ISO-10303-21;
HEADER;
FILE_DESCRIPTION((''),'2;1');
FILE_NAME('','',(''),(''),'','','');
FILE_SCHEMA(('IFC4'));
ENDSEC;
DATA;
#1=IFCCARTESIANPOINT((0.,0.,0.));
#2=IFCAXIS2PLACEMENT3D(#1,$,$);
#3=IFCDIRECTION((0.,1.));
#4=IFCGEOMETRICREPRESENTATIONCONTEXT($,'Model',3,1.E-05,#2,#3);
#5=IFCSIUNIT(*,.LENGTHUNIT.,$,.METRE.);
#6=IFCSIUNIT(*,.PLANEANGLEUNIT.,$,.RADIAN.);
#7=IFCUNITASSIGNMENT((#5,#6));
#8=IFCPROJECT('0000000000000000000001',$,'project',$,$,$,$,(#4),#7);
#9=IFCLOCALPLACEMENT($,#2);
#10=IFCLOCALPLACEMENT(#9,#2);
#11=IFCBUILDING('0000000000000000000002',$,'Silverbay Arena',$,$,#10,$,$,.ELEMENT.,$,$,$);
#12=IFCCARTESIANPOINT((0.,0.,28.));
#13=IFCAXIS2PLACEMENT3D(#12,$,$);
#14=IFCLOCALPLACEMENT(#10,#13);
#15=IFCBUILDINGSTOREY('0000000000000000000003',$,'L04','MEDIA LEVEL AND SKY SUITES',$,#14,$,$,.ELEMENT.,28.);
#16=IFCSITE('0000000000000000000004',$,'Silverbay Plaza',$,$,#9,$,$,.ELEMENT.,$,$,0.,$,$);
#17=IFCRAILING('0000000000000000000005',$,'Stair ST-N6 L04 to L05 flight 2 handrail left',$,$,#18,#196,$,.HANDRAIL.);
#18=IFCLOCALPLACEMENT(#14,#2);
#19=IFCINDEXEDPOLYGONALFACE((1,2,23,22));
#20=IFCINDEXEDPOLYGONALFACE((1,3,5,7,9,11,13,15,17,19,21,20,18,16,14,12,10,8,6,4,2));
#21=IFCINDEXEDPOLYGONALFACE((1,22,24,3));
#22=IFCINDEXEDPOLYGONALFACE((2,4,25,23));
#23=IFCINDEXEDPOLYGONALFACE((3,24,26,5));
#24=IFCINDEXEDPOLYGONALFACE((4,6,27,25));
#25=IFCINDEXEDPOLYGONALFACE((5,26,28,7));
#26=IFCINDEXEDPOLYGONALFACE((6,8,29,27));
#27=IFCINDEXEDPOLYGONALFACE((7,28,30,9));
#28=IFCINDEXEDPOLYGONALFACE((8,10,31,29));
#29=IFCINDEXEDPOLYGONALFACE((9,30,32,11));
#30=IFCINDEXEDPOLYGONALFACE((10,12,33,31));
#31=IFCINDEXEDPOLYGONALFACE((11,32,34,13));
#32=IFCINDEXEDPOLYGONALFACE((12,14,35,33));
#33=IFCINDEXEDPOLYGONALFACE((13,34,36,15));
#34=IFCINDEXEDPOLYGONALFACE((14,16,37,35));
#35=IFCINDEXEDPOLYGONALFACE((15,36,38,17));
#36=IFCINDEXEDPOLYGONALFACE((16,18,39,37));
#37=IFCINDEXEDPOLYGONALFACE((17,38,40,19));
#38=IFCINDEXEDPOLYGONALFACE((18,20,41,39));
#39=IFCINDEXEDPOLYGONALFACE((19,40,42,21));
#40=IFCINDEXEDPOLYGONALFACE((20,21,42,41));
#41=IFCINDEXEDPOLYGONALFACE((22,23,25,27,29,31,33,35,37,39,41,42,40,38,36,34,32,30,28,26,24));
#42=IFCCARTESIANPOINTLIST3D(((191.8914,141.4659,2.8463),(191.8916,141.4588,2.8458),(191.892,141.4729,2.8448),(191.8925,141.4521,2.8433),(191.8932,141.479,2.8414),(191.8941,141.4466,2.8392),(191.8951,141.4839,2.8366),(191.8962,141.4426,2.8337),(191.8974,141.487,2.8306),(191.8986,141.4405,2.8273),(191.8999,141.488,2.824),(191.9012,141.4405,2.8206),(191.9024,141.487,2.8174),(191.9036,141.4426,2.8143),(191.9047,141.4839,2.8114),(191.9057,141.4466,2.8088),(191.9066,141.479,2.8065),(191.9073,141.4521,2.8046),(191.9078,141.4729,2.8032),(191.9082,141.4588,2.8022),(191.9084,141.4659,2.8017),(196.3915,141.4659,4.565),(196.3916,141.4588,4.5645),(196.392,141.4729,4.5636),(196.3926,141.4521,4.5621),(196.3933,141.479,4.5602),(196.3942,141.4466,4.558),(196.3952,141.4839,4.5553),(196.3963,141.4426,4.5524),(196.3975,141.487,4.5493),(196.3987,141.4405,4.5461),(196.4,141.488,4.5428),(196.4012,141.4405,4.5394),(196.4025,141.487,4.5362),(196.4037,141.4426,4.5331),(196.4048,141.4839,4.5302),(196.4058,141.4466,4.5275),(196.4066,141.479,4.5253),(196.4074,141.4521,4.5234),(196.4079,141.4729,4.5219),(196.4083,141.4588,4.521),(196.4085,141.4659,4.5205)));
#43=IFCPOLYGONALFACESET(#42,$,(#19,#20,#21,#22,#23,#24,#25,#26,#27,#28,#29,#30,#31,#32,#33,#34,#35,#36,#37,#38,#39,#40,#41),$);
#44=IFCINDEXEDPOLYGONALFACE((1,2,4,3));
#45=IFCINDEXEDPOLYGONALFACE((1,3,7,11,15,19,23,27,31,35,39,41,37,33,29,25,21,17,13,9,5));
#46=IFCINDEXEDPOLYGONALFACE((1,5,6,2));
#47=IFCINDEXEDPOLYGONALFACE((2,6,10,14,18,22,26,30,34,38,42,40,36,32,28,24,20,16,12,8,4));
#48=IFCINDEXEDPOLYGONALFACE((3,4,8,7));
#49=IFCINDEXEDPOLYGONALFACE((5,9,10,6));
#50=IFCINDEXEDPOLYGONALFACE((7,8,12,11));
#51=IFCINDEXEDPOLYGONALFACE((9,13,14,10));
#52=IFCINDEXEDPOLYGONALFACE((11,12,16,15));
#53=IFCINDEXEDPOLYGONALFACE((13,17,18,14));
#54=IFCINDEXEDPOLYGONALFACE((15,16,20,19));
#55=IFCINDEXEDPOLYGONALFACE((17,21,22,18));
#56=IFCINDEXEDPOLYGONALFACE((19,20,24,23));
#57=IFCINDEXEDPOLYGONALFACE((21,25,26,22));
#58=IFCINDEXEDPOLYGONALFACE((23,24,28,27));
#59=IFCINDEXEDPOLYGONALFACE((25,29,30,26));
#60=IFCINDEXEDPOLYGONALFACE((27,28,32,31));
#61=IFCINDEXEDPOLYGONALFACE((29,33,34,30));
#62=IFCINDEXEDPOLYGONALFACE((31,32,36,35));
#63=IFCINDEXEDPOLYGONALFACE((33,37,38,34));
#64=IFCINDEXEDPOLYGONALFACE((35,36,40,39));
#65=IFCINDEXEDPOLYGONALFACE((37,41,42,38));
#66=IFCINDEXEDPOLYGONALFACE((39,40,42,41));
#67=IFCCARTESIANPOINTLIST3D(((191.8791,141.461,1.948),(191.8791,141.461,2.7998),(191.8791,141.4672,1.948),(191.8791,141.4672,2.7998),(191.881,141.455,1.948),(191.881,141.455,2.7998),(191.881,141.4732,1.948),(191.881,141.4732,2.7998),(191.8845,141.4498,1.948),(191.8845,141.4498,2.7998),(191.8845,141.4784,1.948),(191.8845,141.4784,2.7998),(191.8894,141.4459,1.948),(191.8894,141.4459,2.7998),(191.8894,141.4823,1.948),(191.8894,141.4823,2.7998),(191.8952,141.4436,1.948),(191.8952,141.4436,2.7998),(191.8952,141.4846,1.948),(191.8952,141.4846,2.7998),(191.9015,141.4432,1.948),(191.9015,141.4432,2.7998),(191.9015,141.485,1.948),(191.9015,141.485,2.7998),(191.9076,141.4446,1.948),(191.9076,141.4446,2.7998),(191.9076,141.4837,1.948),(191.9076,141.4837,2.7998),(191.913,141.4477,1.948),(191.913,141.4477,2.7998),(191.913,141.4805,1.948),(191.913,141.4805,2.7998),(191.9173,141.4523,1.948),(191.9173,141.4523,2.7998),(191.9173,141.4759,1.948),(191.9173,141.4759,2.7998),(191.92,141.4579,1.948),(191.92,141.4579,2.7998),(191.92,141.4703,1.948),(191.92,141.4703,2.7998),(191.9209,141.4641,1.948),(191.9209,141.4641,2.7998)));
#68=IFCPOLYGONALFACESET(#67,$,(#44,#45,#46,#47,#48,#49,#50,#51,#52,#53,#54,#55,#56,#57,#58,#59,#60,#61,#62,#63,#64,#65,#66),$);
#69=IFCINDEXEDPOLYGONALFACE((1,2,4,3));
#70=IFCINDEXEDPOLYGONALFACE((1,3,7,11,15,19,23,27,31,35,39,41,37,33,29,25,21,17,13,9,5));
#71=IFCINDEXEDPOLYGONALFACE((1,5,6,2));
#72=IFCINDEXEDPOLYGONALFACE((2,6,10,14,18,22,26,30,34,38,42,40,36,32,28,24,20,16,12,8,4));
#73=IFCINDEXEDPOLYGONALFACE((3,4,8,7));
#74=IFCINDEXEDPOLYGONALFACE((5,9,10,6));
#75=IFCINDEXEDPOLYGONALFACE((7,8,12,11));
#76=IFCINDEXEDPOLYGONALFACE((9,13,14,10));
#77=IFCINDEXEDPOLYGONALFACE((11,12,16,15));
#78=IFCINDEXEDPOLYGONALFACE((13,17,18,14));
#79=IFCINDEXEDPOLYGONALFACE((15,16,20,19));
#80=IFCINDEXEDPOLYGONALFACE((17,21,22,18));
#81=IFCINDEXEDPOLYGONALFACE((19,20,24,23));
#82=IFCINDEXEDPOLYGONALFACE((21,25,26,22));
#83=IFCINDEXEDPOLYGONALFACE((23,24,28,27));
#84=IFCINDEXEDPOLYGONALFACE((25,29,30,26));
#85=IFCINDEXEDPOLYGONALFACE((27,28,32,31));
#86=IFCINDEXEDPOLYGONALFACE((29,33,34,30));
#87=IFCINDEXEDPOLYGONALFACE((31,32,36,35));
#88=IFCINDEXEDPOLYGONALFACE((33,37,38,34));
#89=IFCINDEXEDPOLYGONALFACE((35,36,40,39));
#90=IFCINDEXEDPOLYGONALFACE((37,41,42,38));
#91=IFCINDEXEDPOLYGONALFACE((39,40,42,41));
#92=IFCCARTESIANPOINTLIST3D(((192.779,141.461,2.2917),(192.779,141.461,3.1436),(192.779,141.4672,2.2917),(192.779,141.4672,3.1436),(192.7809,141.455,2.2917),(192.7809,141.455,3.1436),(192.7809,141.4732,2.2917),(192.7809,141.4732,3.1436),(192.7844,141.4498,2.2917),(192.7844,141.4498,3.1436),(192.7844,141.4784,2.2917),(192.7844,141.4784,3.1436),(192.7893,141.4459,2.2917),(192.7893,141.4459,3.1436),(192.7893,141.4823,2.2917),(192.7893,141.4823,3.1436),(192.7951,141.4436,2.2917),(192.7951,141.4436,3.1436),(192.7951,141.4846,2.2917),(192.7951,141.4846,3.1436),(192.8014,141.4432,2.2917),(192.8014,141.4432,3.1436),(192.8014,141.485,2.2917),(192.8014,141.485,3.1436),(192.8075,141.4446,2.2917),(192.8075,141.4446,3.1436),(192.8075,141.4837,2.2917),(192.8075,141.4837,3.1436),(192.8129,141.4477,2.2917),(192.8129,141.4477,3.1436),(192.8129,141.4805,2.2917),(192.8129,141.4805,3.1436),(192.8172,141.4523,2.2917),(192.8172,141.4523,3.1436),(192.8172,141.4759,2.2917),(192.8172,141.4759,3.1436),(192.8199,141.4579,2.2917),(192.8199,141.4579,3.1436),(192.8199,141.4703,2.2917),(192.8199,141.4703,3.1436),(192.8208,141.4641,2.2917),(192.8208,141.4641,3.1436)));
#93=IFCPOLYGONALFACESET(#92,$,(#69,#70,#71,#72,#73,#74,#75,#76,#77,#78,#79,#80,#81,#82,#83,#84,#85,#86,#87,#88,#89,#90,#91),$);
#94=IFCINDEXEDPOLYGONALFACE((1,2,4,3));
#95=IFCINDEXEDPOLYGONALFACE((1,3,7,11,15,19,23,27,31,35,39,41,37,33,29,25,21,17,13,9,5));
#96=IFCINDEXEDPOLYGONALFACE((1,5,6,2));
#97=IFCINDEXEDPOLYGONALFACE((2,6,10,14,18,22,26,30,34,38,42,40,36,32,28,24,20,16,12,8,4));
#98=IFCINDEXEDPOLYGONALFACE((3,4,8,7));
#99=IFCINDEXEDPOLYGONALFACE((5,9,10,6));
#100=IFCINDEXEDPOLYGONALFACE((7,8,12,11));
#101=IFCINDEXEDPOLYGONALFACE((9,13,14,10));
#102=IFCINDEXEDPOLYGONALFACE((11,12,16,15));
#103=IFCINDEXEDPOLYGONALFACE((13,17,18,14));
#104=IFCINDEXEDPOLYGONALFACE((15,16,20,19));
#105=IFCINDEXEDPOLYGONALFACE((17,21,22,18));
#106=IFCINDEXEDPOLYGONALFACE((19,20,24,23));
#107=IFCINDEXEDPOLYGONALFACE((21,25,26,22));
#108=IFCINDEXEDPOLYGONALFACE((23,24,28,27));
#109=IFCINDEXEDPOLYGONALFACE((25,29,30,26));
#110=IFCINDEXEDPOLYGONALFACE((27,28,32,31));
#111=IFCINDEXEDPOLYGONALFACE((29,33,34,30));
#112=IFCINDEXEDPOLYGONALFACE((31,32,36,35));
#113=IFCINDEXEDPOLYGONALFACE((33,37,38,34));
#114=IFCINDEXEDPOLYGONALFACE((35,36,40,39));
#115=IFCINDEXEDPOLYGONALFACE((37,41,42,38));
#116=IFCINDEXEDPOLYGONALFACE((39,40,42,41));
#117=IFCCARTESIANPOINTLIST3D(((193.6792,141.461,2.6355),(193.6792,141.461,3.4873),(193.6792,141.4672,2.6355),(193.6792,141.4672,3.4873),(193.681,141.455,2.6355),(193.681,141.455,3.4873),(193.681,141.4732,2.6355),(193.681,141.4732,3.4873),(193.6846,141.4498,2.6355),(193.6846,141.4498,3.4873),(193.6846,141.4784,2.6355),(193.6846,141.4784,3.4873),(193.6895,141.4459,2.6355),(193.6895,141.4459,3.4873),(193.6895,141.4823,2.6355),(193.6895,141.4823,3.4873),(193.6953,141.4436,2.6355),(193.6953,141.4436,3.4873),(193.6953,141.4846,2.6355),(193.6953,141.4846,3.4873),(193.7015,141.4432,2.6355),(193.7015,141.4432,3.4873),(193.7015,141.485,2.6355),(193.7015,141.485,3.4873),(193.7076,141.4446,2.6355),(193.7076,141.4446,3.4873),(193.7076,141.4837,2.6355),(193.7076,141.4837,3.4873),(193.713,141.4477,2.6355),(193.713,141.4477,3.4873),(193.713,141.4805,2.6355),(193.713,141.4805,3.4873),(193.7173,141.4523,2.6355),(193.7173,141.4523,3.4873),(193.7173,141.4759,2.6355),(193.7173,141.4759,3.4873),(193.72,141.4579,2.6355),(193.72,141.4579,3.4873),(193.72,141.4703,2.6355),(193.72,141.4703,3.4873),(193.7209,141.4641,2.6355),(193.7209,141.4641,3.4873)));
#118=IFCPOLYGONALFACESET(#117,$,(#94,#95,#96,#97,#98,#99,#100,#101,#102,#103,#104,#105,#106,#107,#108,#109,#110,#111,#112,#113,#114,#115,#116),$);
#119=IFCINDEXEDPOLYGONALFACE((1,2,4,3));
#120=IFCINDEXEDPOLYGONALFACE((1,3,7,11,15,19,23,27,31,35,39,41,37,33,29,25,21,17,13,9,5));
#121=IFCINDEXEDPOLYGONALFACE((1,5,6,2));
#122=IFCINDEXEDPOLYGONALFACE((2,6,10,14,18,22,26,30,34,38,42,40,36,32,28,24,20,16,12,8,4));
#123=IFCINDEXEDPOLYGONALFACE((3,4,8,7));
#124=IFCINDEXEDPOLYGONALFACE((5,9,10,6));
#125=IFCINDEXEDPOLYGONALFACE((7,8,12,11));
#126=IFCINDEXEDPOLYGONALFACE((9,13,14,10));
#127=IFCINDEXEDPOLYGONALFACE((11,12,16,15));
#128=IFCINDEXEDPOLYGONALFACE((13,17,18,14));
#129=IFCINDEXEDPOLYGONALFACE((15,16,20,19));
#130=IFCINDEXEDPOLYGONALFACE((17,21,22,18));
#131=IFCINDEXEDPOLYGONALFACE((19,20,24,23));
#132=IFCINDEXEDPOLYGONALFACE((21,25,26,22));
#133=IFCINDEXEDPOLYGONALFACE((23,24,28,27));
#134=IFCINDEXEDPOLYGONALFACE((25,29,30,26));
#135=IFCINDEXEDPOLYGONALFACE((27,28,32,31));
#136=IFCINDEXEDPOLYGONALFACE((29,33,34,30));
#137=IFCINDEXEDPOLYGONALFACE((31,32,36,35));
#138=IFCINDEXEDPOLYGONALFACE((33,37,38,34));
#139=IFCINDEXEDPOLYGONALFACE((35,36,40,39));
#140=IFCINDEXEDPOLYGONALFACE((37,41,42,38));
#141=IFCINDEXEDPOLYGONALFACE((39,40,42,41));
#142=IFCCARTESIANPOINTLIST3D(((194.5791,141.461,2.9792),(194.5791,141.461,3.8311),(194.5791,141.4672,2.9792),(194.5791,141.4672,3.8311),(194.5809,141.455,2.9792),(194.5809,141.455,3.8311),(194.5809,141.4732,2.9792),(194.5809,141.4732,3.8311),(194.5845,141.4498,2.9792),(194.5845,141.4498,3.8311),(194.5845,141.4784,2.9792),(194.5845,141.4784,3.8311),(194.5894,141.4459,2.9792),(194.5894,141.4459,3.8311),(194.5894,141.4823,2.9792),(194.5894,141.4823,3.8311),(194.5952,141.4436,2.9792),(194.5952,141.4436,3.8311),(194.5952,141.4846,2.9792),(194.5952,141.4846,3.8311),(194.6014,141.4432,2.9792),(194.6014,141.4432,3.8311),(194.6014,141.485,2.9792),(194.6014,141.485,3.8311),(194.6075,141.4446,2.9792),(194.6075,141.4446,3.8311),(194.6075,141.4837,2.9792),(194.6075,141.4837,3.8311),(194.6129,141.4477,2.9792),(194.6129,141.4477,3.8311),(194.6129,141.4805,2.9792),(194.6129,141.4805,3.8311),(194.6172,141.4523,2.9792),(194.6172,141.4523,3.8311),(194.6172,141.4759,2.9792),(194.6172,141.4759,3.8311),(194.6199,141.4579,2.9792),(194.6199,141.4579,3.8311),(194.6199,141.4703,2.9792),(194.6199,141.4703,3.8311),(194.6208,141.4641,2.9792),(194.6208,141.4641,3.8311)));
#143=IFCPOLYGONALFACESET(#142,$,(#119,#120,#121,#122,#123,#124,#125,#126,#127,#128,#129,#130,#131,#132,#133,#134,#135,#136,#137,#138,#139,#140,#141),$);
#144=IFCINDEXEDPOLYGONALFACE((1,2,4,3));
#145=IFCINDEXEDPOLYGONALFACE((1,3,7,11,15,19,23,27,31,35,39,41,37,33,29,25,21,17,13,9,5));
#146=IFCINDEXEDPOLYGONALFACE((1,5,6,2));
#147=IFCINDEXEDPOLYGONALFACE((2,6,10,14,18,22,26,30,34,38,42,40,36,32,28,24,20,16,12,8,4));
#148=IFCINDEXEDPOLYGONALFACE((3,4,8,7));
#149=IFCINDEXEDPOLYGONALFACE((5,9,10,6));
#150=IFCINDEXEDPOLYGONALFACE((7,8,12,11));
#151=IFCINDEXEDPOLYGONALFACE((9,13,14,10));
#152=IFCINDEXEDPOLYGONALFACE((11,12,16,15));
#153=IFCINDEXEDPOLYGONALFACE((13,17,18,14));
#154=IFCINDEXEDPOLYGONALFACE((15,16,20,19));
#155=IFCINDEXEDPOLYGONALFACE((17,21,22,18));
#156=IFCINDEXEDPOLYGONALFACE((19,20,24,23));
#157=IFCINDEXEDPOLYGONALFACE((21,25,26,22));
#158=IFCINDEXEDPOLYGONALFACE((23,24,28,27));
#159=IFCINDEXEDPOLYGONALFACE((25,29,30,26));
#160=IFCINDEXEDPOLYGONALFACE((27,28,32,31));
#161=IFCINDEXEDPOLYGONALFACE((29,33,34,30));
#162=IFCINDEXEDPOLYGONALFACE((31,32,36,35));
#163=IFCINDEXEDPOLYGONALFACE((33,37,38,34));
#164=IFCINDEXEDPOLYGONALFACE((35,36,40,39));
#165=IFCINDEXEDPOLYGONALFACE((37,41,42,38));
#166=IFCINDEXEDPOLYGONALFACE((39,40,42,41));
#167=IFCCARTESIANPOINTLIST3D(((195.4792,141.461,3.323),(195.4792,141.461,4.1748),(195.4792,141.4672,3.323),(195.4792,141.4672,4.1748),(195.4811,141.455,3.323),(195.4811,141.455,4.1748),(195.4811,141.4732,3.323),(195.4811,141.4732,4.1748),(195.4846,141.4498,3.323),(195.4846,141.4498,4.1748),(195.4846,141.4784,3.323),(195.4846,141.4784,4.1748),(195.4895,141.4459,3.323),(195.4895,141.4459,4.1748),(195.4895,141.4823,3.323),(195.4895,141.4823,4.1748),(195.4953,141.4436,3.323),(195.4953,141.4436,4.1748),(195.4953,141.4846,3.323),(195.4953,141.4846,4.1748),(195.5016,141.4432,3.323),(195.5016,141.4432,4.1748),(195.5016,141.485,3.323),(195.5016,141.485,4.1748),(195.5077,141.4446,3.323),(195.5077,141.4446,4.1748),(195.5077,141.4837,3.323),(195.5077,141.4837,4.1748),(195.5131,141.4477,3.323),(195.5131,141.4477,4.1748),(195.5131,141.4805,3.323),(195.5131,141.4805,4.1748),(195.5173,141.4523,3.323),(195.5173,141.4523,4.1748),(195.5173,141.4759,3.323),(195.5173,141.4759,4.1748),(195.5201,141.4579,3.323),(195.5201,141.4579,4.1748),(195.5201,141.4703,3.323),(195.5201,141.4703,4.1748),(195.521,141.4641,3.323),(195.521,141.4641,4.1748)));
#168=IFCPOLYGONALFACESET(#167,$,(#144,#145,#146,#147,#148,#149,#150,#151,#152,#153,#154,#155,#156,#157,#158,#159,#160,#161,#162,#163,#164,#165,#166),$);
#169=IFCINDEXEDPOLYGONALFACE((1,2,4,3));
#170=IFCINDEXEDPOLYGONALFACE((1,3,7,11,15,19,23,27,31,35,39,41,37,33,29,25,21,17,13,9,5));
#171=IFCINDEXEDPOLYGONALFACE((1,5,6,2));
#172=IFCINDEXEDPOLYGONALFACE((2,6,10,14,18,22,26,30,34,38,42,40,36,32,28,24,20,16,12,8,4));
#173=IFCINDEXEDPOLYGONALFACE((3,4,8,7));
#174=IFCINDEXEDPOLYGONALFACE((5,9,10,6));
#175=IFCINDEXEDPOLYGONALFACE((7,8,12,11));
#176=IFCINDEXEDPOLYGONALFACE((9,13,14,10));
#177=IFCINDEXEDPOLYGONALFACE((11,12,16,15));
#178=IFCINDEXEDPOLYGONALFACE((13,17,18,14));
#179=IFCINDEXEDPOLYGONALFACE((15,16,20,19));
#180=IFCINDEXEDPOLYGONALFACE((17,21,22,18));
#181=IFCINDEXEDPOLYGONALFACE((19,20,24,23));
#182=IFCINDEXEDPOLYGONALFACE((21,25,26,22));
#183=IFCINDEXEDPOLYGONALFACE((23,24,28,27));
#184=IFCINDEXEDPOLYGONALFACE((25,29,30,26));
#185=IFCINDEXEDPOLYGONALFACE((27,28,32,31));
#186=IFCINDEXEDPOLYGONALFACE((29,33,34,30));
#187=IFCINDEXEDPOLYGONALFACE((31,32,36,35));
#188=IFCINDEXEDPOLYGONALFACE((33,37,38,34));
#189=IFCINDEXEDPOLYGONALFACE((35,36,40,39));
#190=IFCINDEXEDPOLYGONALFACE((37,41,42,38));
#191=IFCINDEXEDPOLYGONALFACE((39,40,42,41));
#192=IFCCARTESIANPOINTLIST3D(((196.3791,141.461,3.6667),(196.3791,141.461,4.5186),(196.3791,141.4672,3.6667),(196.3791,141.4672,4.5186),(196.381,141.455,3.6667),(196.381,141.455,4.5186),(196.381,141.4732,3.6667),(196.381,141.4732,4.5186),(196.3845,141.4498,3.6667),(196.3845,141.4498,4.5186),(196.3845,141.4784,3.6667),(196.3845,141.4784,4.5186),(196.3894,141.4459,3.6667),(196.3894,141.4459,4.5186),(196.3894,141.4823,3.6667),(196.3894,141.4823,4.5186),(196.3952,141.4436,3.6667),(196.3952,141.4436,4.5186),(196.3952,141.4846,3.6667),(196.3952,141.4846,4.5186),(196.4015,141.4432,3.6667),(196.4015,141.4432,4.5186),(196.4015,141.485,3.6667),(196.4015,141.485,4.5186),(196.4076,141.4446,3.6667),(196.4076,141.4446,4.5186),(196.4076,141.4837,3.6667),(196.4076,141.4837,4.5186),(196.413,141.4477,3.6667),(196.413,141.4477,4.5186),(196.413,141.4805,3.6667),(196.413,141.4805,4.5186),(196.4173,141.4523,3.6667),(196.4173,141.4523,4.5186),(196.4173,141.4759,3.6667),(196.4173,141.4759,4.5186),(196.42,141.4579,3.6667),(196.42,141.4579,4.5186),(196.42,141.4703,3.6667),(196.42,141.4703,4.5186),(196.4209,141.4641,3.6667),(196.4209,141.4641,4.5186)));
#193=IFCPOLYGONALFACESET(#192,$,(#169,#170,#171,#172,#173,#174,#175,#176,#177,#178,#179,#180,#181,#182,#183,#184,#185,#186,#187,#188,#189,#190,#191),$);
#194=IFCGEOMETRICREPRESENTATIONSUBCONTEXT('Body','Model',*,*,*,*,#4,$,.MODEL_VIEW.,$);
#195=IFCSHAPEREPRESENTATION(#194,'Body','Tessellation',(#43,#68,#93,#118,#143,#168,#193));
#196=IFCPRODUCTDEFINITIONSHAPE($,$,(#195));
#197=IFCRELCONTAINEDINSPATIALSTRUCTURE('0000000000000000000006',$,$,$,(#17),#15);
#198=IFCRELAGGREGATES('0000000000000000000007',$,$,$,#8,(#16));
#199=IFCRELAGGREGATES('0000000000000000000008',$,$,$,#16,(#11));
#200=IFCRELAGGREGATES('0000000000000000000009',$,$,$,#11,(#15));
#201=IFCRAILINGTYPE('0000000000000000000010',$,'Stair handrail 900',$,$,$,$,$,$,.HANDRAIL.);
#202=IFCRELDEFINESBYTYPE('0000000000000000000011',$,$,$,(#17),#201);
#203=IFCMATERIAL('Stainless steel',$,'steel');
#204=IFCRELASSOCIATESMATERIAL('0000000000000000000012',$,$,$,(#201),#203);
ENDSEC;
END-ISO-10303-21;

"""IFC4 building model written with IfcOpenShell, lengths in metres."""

from ifc_helpers import new_model, si_unit, direction, frame, origin, origin_2d, place, context, subcontext, project, spatial, circle, extrude, material, type_object, element, save


model = new_model("IFC4")

# Units and contexts
model_context = context("Model", 3, precision=1e-05, world=origin(), true_north=direction((0.0, 1.0)))
body_context = subcontext(model_context, "Body", "Model", "MODEL_VIEW")
ifc_project = project(units=[si_unit("LENGTHUNIT", "METRE"), si_unit("PLANEANGLEUNIT", "RADIAN")], contexts=[model_context])

# Site, building, storey
site_placement = place(None, origin())
site = spatial("IfcSite", under=ifc_project, at=site_placement, Name="Silverbay Plaza", CompositionType="ELEMENT", RefElevation=0.0)
building_placement = place(site_placement, origin())
building = spatial("IfcBuilding", under=site, at=building_placement, Name="Silverbay Arena", CompositionType="ELEMENT")
storey_placement = place(building_placement, frame((0.0, 0.0, 28.0)))
storey = spatial("IfcBuildingStorey", under=building, at=storey_placement, Name="L04", Description="MEDIA LEVEL AND SKY SUITES", CompositionType="ELEMENT", Elevation=28.0)

# Railing
ifc_material_1 = material(Name="Stainless steel", Category="steel")
railing_type_1 = type_object("IfcRailingType", Name="Stair handrail 900", PredefinedType="HANDRAIL", material=ifc_material_1)
for number, where, name in (
    (1, (191.8999, 141.4641, 1.948), "Stair ST-N6 L04 to L05 flight 2 handrail left"),
):
    element("IfcRailing", number, at=place(storey_placement, frame(where)), inside=storey, type_object=railing_type_1, Name=name, PredefinedType="HANDRAIL", context=body_context, shape_type="SweptSolid", body=[
        extrude(circle(Radius=0.0239, at=origin_2d()), frame((0.0, 0.0, 0.876), z_axis=(0.934179, 0.0, 0.356805), x_axis=(0.0, 1.0, 0.0)), (0.0, 0.0, 1.0), 4.8171),
        extrude(circle(Radius=0.021, at=origin_2d()), origin(), (0.0, 0.0, 1.0), 0.8518),
        extrude(circle(Radius=0.021, at=origin_2d()), frame((0.8999, 0.0, 0.3438)), (0.0, 0.0, 1.0), 0.8518),
        extrude(circle(Radius=0.021, at=origin_2d()), frame((1.8, 0.0, 0.6875)), (0.0, 0.0, 1.0), 0.8518),
        extrude(circle(Radius=0.021, at=origin_2d()), frame((2.7, 0.0, 1.0312)), (0.0, 0.0, 1.0), 0.8518),
        extrude(circle(Radius=0.021, at=origin_2d()), frame((3.6001, 0.0, 1.375)), (0.0, 0.0, 1.0), 0.8518),
        extrude(circle(Radius=0.021, at=origin_2d()), frame((4.5, 0.0, 1.7188)), (0.0, 0.0, 1.0), 0.8518),
    ])

save(model, "model.ifc")
